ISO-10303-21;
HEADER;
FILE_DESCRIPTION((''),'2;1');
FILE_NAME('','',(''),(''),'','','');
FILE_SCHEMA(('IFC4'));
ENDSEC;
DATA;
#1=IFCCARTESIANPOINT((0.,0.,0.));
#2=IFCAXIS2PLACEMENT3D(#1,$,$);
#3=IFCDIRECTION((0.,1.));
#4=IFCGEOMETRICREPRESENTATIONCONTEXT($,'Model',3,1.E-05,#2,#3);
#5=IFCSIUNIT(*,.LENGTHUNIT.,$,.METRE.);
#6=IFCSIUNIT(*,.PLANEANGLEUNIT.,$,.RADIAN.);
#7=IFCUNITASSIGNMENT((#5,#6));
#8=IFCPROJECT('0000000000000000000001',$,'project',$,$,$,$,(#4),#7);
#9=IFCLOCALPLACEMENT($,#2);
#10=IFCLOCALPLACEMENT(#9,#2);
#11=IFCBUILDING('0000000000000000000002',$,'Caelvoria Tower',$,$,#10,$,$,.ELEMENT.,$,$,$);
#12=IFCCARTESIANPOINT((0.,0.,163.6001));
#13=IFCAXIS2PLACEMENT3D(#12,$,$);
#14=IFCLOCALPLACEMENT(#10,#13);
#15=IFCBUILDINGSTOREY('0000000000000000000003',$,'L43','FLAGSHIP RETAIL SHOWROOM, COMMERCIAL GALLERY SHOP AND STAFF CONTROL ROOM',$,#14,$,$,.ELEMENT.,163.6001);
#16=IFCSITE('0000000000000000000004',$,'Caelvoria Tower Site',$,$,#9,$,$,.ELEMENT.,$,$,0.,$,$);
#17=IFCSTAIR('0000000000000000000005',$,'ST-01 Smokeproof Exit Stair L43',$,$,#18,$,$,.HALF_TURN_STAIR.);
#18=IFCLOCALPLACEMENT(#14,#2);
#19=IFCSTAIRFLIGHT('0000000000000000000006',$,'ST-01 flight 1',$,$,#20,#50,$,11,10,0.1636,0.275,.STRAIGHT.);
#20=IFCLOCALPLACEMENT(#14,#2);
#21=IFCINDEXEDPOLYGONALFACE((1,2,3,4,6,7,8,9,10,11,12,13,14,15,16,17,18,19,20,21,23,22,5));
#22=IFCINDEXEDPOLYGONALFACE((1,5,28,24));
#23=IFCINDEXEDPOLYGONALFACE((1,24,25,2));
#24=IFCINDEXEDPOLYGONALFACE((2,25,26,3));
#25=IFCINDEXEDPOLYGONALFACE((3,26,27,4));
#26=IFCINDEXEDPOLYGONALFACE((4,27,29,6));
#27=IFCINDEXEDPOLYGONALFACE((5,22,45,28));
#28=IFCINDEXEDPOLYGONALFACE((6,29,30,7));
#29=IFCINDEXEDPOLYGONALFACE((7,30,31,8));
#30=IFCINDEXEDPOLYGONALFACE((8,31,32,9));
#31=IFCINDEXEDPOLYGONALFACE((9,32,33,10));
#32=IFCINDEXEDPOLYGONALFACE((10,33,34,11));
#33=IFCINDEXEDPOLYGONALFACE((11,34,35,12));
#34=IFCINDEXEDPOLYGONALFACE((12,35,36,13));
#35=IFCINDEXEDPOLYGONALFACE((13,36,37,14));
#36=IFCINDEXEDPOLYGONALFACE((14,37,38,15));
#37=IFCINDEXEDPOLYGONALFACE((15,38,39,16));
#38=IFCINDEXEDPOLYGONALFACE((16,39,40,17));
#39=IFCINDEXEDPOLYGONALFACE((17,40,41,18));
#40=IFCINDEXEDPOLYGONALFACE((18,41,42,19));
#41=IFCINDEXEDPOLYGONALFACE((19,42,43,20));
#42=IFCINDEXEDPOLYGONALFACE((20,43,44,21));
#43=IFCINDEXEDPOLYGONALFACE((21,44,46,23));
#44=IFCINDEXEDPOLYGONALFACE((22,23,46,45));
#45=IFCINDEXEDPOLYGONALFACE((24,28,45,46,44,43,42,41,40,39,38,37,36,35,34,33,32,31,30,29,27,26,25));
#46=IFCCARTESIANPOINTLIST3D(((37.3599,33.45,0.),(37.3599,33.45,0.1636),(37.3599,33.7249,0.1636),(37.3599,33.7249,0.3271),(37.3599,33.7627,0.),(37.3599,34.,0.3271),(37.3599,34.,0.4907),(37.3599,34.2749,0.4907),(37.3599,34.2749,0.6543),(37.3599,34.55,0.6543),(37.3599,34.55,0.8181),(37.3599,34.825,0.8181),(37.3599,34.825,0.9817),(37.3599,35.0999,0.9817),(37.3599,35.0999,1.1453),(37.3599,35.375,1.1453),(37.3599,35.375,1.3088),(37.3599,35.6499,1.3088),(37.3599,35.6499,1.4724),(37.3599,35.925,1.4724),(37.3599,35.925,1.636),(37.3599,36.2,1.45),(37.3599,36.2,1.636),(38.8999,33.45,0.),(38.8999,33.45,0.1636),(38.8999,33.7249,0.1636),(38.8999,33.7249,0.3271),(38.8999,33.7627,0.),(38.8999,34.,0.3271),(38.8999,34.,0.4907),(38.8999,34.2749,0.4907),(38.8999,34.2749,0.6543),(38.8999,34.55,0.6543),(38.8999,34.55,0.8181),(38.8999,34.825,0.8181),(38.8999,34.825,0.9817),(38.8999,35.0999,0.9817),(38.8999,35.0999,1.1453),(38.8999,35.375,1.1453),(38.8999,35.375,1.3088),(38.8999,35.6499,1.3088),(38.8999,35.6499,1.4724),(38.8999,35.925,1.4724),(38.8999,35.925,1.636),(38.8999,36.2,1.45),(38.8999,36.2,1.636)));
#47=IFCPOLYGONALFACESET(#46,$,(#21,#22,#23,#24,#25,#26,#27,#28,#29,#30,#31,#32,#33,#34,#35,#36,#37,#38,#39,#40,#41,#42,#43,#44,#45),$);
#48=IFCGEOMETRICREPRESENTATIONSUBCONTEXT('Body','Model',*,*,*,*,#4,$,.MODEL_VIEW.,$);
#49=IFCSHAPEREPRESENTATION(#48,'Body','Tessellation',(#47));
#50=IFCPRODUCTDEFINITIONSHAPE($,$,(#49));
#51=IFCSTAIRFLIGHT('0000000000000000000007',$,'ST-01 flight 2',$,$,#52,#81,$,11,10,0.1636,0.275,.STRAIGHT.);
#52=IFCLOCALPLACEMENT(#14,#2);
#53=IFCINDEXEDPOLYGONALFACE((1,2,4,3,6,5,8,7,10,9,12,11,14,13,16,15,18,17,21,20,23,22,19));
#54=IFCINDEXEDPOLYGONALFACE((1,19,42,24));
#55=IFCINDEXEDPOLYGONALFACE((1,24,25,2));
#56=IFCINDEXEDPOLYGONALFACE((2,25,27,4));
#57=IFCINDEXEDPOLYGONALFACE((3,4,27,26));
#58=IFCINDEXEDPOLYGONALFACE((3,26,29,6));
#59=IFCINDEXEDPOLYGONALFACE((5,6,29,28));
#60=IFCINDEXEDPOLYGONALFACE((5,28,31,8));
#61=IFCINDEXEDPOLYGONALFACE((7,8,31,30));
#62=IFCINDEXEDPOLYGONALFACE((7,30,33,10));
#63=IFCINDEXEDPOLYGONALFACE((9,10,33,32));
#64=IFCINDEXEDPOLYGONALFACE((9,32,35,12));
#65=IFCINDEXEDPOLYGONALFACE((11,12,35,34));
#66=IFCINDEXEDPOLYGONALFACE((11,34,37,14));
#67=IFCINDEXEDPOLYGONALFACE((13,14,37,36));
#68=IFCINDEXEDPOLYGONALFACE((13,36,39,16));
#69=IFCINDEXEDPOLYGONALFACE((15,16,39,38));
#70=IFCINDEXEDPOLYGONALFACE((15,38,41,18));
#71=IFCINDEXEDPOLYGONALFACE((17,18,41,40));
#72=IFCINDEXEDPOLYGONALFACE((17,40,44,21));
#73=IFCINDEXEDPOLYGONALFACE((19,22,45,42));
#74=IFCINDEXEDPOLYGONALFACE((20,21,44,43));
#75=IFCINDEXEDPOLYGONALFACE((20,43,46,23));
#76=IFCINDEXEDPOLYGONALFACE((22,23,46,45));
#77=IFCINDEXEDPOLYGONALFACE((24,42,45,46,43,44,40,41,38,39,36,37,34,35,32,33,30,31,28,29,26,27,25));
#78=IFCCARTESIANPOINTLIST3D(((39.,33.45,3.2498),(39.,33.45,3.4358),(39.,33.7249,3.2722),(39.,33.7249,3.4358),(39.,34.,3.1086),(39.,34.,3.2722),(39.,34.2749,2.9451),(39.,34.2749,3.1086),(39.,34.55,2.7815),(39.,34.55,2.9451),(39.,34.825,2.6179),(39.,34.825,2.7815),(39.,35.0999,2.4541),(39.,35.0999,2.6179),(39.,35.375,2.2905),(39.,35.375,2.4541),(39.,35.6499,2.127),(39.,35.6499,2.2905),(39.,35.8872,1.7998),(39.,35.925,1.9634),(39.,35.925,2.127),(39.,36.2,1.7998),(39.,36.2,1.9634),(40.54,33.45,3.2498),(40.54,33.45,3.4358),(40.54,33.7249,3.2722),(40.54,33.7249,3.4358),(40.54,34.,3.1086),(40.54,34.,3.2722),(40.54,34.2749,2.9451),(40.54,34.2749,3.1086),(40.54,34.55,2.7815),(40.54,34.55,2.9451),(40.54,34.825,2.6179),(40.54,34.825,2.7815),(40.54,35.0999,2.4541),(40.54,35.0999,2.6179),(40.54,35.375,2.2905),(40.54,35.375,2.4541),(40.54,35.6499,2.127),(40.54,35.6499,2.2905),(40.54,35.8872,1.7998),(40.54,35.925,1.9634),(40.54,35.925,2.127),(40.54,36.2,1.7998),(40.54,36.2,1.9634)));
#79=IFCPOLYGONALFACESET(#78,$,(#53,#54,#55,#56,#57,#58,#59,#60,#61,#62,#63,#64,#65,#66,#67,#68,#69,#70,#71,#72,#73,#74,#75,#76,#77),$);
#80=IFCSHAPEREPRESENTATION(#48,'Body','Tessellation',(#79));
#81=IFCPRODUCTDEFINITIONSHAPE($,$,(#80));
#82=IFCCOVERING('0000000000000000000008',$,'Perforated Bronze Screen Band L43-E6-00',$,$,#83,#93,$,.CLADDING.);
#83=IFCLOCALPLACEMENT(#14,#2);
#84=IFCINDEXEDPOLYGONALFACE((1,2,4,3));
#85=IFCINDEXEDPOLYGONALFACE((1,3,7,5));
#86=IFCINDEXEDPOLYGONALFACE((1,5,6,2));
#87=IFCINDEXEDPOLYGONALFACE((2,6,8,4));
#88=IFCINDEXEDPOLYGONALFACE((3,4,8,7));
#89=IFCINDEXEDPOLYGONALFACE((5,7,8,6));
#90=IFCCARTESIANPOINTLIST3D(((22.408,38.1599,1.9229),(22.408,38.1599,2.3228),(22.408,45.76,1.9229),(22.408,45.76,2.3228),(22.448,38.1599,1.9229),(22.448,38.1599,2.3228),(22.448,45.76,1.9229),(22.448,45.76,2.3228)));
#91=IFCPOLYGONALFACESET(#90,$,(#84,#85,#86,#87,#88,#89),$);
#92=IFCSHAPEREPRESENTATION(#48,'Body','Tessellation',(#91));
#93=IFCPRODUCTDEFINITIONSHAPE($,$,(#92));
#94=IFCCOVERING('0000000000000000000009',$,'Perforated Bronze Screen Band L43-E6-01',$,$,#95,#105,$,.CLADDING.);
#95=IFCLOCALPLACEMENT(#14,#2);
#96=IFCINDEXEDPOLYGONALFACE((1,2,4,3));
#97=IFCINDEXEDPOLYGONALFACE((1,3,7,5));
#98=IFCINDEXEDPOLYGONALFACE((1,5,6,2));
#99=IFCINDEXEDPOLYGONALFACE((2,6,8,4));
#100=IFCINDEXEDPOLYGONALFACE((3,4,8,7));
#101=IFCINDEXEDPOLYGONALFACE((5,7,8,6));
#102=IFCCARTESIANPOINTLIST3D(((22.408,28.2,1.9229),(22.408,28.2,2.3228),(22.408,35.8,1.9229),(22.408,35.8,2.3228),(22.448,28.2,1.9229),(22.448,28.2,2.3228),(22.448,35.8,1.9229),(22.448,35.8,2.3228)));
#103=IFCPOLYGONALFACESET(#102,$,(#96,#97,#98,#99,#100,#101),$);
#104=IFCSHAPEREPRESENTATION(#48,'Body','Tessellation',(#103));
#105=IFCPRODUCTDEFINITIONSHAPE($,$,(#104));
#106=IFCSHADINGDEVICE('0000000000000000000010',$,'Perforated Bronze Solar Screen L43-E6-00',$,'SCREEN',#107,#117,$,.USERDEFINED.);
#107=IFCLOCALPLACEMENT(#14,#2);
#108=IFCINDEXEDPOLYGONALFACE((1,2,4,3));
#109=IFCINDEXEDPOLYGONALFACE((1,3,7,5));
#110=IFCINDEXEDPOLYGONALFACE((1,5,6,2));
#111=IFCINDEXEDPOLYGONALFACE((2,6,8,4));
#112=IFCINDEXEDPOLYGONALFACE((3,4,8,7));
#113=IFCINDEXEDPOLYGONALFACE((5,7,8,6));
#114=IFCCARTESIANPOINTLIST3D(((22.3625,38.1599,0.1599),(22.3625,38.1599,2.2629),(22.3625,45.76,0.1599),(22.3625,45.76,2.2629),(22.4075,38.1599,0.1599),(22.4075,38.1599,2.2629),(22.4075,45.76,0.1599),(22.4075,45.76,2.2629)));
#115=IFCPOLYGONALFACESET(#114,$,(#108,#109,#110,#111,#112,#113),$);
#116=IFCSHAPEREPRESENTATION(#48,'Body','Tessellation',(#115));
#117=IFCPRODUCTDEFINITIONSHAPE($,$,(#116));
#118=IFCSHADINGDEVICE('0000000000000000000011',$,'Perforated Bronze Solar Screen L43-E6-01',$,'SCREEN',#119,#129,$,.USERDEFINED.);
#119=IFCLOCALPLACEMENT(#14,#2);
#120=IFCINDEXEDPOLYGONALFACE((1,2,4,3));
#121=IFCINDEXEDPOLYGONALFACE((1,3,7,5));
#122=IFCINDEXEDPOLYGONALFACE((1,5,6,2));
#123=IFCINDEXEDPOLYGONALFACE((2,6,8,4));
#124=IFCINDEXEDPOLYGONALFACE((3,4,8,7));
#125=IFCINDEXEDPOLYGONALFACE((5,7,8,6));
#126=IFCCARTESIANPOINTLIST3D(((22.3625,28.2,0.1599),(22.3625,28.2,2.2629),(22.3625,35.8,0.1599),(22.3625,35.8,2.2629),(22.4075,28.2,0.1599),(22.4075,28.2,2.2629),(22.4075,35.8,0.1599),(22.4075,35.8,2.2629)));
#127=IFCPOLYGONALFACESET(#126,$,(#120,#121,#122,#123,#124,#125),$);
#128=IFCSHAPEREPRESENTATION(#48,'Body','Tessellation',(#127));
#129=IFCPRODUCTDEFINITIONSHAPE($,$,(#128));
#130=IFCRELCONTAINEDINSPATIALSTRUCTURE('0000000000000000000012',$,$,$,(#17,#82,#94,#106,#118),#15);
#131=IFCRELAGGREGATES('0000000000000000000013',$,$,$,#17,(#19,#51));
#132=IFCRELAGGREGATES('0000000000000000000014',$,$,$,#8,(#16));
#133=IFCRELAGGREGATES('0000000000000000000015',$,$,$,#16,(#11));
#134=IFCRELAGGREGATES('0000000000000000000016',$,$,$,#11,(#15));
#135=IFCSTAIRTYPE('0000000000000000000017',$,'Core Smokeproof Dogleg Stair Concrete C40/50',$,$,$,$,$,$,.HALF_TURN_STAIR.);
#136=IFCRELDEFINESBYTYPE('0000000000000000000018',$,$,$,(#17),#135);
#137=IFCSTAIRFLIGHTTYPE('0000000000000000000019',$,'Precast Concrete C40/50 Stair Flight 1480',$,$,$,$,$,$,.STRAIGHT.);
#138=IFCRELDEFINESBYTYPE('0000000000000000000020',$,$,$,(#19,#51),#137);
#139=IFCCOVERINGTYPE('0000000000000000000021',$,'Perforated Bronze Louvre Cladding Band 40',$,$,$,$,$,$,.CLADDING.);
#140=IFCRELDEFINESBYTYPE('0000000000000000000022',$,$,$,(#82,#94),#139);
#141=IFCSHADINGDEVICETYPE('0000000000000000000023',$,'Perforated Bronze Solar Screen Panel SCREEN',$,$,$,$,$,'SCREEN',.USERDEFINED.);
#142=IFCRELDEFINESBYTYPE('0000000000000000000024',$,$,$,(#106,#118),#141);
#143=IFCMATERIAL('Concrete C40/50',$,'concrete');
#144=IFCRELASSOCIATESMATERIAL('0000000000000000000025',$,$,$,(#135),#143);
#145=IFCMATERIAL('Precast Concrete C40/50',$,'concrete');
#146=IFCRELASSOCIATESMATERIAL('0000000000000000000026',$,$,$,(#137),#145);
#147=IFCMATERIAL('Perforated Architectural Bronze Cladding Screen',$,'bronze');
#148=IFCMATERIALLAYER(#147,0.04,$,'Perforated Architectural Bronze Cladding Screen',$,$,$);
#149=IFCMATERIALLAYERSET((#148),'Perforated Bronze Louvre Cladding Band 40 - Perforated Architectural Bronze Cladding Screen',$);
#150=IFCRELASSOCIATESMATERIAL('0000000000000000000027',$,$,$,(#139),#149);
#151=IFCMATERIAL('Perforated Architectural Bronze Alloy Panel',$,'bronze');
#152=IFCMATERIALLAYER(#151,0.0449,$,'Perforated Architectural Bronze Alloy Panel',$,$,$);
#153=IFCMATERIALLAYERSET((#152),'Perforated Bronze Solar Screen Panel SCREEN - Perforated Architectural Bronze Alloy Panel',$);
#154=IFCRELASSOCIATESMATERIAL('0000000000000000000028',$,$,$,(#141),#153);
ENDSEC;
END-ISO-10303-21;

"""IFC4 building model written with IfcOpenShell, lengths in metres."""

from ifc_helpers import new_model, si_unit, direction, frame, origin, origin_2d, place, context, subcontext, project, spatial, polyline, rectangle, outline, extrude, material, layer, layer_set, type_object, element, aggregate, save


model = new_model("IFC4")

# Units and contexts
model_context = context("Model", 3, precision=1e-05, world=origin(), true_north=direction((0.0, 1.0)))
body_context = subcontext(model_context, "Body", "Model", "MODEL_VIEW")
ifc_project = project(units=[si_unit("LENGTHUNIT", "METRE"), si_unit("PLANEANGLEUNIT", "RADIAN")], contexts=[model_context])

# Site, building, storey
site_placement = place(None, origin())
site = spatial("IfcSite", under=ifc_project, at=site_placement, Name="Caelvoria Tower Site", CompositionType="ELEMENT", RefElevation=0.0)
building_placement = place(site_placement, origin())
building = spatial("IfcBuilding", under=site, at=building_placement, Name="Caelvoria Tower", CompositionType="ELEMENT")
storey_placement = place(building_placement, frame((0.0, 0.0, 163.6001)))
storey = spatial("IfcBuildingStorey", under=building, at=storey_placement, Name="L43", Description="FLAGSHIP RETAIL SHOWROOM, COMMERCIAL GALLERY SHOP AND STAFF CONTROL ROOM", CompositionType="ELEMENT", Elevation=163.6001)

# Stair, stair flights
ifc_material_1 = material(Name="Concrete C40/50", Category="concrete")
stair_type = type_object("IfcStairType", Name="Core Smokeproof Dogleg Stair Concrete C40/50", PredefinedType="HALF_TURN_STAIR", material=ifc_material_1)
stair_placement = place(storey_placement, origin())
stair = element("IfcStair", 1, at=stair_placement, inside=storey, type_object=stair_type, Name="ST-01 Smokeproof Exit Stair L43", PredefinedType="HALF_TURN_STAIR")
ifc_material_2 = material(Name="Precast Concrete C40/50", Category="concrete")
stair_flight_type = type_object("IfcStairFlightType", Name="Precast Concrete C40/50 Stair Flight 1480", PredefinedType="STRAIGHT", material=ifc_material_2)
stair_flight_1_placement = place(storey_placement, frame((38.1299, 33.45, 0.0), z_axis=(0.0, 0.0, 1.0), x_axis=(0.0, 1.0, 0.0)))
stair_flight_1 = element("IfcStairFlight", 2, at=stair_flight_1_placement, type_object=stair_flight_type, Name="ST-01 flight 1", NumberOfRisers=11, NumberOfTreads=10, PredefinedType="STRAIGHT", RiserHeight=0.1636, TreadLength=0.275, context=body_context, shape_type="SweptSolid", body=[
    extrude(outline(polyline([(0.0, 0.0), (0.0, 0.1636), (0.2749, 0.1636), (0.2749, 0.3271), (0.55, 0.3271), (0.55, 0.4907), (0.825, 0.4907), (0.825, 0.6543), (1.1001, 0.6543), (1.1001, 0.8181), (1.375, 0.8181), (1.375, 0.9817), (1.6499, 0.9817), (1.6499, 1.1453), (1.925, 1.1453), (1.925, 1.3088), (2.2, 1.3088), (2.2, 1.4724), (2.4751, 1.4724), (2.4751, 1.636), (2.75, 1.636), (2.75, 1.7996), (2.75, 1.45), (0.3127, 0.0), (0.0, 0.0)])), frame((0.0, 0.77, 0.0), z_axis=(0.0, -1.0, 0.0), x_axis=(1.0, 0.0, 0.0)), (0.0, 0.0, 1.0), 1.54),
])
stair_flight_2_placement = place(storey_placement, frame((39.77, 36.2, 1.7998), z_axis=(0.0, 0.0, 1.0), x_axis=(0.0, -1.0, 0.0)))
stair_flight_2 = element("IfcStairFlight", 3, at=stair_flight_2_placement, type_object=stair_flight_type, Name="ST-01 flight 2", NumberOfRisers=11, NumberOfTreads=10, PredefinedType="STRAIGHT", RiserHeight=0.1636, TreadLength=0.275, context=body_context, shape_type="SweptSolid", body=[
    extrude(outline(polyline([(0.0, 0.0), (0.0, 0.1636), (0.2749, 0.1636), (0.2749, 0.3271), (0.55, 0.3271), (0.55, 0.4907), (0.825, 0.4907), (0.825, 0.6543), (1.1001, 0.6543), (1.1001, 0.8181), (1.375, 0.8181), (1.375, 0.9817), (1.6499, 0.9817), (1.6499, 1.1453), (1.925, 1.1453), (1.925, 1.3088), (2.2, 1.3088), (2.2, 1.4724), (2.4751, 1.4724), (2.4751, 1.636), (2.75, 1.636), (2.75, 1.7996), (2.75, 1.45), (0.3127, 0.0), (0.0, 0.0)])), frame((0.0, 0.77, 0.0), z_axis=(0.0, -1.0, 0.0), x_axis=(1.0, 0.0, 0.0)), (0.0, 0.0, 1.0), 1.54),
])
aggregate(stair, [stair_flight_1, stair_flight_2])

# Coverings
ifc_material_3 = material(Name="Perforated Architectural Bronze Cladding Screen", Category="bronze")
ifc_layer_1 = layer(ifc_material_3, 0.04, Name="Perforated Architectural Bronze Cladding Screen")
ifc_layer_set_1 = layer_set([ifc_layer_1], Name="Perforated Bronze Louvre Cladding Band 40 - Perforated Architectural Bronze Cladding Screen")
covering_type = type_object("IfcCoveringType", Name="Perforated Bronze Louvre Cladding Band 40", PredefinedType="CLADDING", material=ifc_layer_set_1)
for number, where, z_axis, x_axis, name in (
    (4, (22.428, 41.96, 1.9229), (0.0, 0.0, 1.0), (0.0, -1.0, 0.0), "Perforated Bronze Screen Band L43-E6-00"),
    (5, (22.428, 32.0, 1.9229), (0.0, 0.0, 1.0), (0.0, -1.0, 0.0), "Perforated Bronze Screen Band L43-E6-01"),
):
    element("IfcCovering", number, at=place(storey_placement, frame(where, z_axis=z_axis, x_axis=x_axis)), inside=storey, type_object=covering_type, Name=name, PredefinedType="CLADDING", context=body_context, shape_type="SweptSolid", body=[
        extrude(rectangle(XDim=7.6001, YDim=0.04, at=origin_2d()), origin(), (0.0, 0.0, 1.0), 0.3999),
    ])

# Shading devices
ifc_material_4 = material(Name="Perforated Architectural Bronze Alloy Panel", Category="bronze")
ifc_layer_2 = layer(ifc_material_4, 0.0449, Name="Perforated Architectural Bronze Alloy Panel")
ifc_layer_set_2 = layer_set([ifc_layer_2], Name="Perforated Bronze Solar Screen Panel SCREEN - Perforated Architectural Bronze Alloy Panel")
shading_device_type = type_object("IfcShadingDeviceType", Name="Perforated Bronze Solar Screen Panel SCREEN", ElementType="SCREEN", PredefinedType="USERDEFINED", material=ifc_layer_set_2)
for number, where, z_axis, x_axis, name in (
    (6, (22.385, 41.96, 0.1599), (0.0, 0.0, 1.0), (0.0, -1.0, 0.0), "Perforated Bronze Solar Screen L43-E6-00"),
    (7, (22.385, 32.0, 0.1599), (0.0, 0.0, 1.0), (0.0, -1.0, 0.0), "Perforated Bronze Solar Screen L43-E6-01"),
):
    element("IfcShadingDevice", number, at=place(storey_placement, frame(where, z_axis=z_axis, x_axis=x_axis)), inside=storey, type_object=shading_device_type, Name=name, ObjectType="SCREEN", PredefinedType="USERDEFINED", context=body_context, shape_type="SweptSolid", body=[
        extrude(rectangle(XDim=7.6001, YDim=0.0449, at=origin_2d()), origin(), (0.0, 0.0, 1.0), 2.103),
    ])

save(model, "model.ifc")
